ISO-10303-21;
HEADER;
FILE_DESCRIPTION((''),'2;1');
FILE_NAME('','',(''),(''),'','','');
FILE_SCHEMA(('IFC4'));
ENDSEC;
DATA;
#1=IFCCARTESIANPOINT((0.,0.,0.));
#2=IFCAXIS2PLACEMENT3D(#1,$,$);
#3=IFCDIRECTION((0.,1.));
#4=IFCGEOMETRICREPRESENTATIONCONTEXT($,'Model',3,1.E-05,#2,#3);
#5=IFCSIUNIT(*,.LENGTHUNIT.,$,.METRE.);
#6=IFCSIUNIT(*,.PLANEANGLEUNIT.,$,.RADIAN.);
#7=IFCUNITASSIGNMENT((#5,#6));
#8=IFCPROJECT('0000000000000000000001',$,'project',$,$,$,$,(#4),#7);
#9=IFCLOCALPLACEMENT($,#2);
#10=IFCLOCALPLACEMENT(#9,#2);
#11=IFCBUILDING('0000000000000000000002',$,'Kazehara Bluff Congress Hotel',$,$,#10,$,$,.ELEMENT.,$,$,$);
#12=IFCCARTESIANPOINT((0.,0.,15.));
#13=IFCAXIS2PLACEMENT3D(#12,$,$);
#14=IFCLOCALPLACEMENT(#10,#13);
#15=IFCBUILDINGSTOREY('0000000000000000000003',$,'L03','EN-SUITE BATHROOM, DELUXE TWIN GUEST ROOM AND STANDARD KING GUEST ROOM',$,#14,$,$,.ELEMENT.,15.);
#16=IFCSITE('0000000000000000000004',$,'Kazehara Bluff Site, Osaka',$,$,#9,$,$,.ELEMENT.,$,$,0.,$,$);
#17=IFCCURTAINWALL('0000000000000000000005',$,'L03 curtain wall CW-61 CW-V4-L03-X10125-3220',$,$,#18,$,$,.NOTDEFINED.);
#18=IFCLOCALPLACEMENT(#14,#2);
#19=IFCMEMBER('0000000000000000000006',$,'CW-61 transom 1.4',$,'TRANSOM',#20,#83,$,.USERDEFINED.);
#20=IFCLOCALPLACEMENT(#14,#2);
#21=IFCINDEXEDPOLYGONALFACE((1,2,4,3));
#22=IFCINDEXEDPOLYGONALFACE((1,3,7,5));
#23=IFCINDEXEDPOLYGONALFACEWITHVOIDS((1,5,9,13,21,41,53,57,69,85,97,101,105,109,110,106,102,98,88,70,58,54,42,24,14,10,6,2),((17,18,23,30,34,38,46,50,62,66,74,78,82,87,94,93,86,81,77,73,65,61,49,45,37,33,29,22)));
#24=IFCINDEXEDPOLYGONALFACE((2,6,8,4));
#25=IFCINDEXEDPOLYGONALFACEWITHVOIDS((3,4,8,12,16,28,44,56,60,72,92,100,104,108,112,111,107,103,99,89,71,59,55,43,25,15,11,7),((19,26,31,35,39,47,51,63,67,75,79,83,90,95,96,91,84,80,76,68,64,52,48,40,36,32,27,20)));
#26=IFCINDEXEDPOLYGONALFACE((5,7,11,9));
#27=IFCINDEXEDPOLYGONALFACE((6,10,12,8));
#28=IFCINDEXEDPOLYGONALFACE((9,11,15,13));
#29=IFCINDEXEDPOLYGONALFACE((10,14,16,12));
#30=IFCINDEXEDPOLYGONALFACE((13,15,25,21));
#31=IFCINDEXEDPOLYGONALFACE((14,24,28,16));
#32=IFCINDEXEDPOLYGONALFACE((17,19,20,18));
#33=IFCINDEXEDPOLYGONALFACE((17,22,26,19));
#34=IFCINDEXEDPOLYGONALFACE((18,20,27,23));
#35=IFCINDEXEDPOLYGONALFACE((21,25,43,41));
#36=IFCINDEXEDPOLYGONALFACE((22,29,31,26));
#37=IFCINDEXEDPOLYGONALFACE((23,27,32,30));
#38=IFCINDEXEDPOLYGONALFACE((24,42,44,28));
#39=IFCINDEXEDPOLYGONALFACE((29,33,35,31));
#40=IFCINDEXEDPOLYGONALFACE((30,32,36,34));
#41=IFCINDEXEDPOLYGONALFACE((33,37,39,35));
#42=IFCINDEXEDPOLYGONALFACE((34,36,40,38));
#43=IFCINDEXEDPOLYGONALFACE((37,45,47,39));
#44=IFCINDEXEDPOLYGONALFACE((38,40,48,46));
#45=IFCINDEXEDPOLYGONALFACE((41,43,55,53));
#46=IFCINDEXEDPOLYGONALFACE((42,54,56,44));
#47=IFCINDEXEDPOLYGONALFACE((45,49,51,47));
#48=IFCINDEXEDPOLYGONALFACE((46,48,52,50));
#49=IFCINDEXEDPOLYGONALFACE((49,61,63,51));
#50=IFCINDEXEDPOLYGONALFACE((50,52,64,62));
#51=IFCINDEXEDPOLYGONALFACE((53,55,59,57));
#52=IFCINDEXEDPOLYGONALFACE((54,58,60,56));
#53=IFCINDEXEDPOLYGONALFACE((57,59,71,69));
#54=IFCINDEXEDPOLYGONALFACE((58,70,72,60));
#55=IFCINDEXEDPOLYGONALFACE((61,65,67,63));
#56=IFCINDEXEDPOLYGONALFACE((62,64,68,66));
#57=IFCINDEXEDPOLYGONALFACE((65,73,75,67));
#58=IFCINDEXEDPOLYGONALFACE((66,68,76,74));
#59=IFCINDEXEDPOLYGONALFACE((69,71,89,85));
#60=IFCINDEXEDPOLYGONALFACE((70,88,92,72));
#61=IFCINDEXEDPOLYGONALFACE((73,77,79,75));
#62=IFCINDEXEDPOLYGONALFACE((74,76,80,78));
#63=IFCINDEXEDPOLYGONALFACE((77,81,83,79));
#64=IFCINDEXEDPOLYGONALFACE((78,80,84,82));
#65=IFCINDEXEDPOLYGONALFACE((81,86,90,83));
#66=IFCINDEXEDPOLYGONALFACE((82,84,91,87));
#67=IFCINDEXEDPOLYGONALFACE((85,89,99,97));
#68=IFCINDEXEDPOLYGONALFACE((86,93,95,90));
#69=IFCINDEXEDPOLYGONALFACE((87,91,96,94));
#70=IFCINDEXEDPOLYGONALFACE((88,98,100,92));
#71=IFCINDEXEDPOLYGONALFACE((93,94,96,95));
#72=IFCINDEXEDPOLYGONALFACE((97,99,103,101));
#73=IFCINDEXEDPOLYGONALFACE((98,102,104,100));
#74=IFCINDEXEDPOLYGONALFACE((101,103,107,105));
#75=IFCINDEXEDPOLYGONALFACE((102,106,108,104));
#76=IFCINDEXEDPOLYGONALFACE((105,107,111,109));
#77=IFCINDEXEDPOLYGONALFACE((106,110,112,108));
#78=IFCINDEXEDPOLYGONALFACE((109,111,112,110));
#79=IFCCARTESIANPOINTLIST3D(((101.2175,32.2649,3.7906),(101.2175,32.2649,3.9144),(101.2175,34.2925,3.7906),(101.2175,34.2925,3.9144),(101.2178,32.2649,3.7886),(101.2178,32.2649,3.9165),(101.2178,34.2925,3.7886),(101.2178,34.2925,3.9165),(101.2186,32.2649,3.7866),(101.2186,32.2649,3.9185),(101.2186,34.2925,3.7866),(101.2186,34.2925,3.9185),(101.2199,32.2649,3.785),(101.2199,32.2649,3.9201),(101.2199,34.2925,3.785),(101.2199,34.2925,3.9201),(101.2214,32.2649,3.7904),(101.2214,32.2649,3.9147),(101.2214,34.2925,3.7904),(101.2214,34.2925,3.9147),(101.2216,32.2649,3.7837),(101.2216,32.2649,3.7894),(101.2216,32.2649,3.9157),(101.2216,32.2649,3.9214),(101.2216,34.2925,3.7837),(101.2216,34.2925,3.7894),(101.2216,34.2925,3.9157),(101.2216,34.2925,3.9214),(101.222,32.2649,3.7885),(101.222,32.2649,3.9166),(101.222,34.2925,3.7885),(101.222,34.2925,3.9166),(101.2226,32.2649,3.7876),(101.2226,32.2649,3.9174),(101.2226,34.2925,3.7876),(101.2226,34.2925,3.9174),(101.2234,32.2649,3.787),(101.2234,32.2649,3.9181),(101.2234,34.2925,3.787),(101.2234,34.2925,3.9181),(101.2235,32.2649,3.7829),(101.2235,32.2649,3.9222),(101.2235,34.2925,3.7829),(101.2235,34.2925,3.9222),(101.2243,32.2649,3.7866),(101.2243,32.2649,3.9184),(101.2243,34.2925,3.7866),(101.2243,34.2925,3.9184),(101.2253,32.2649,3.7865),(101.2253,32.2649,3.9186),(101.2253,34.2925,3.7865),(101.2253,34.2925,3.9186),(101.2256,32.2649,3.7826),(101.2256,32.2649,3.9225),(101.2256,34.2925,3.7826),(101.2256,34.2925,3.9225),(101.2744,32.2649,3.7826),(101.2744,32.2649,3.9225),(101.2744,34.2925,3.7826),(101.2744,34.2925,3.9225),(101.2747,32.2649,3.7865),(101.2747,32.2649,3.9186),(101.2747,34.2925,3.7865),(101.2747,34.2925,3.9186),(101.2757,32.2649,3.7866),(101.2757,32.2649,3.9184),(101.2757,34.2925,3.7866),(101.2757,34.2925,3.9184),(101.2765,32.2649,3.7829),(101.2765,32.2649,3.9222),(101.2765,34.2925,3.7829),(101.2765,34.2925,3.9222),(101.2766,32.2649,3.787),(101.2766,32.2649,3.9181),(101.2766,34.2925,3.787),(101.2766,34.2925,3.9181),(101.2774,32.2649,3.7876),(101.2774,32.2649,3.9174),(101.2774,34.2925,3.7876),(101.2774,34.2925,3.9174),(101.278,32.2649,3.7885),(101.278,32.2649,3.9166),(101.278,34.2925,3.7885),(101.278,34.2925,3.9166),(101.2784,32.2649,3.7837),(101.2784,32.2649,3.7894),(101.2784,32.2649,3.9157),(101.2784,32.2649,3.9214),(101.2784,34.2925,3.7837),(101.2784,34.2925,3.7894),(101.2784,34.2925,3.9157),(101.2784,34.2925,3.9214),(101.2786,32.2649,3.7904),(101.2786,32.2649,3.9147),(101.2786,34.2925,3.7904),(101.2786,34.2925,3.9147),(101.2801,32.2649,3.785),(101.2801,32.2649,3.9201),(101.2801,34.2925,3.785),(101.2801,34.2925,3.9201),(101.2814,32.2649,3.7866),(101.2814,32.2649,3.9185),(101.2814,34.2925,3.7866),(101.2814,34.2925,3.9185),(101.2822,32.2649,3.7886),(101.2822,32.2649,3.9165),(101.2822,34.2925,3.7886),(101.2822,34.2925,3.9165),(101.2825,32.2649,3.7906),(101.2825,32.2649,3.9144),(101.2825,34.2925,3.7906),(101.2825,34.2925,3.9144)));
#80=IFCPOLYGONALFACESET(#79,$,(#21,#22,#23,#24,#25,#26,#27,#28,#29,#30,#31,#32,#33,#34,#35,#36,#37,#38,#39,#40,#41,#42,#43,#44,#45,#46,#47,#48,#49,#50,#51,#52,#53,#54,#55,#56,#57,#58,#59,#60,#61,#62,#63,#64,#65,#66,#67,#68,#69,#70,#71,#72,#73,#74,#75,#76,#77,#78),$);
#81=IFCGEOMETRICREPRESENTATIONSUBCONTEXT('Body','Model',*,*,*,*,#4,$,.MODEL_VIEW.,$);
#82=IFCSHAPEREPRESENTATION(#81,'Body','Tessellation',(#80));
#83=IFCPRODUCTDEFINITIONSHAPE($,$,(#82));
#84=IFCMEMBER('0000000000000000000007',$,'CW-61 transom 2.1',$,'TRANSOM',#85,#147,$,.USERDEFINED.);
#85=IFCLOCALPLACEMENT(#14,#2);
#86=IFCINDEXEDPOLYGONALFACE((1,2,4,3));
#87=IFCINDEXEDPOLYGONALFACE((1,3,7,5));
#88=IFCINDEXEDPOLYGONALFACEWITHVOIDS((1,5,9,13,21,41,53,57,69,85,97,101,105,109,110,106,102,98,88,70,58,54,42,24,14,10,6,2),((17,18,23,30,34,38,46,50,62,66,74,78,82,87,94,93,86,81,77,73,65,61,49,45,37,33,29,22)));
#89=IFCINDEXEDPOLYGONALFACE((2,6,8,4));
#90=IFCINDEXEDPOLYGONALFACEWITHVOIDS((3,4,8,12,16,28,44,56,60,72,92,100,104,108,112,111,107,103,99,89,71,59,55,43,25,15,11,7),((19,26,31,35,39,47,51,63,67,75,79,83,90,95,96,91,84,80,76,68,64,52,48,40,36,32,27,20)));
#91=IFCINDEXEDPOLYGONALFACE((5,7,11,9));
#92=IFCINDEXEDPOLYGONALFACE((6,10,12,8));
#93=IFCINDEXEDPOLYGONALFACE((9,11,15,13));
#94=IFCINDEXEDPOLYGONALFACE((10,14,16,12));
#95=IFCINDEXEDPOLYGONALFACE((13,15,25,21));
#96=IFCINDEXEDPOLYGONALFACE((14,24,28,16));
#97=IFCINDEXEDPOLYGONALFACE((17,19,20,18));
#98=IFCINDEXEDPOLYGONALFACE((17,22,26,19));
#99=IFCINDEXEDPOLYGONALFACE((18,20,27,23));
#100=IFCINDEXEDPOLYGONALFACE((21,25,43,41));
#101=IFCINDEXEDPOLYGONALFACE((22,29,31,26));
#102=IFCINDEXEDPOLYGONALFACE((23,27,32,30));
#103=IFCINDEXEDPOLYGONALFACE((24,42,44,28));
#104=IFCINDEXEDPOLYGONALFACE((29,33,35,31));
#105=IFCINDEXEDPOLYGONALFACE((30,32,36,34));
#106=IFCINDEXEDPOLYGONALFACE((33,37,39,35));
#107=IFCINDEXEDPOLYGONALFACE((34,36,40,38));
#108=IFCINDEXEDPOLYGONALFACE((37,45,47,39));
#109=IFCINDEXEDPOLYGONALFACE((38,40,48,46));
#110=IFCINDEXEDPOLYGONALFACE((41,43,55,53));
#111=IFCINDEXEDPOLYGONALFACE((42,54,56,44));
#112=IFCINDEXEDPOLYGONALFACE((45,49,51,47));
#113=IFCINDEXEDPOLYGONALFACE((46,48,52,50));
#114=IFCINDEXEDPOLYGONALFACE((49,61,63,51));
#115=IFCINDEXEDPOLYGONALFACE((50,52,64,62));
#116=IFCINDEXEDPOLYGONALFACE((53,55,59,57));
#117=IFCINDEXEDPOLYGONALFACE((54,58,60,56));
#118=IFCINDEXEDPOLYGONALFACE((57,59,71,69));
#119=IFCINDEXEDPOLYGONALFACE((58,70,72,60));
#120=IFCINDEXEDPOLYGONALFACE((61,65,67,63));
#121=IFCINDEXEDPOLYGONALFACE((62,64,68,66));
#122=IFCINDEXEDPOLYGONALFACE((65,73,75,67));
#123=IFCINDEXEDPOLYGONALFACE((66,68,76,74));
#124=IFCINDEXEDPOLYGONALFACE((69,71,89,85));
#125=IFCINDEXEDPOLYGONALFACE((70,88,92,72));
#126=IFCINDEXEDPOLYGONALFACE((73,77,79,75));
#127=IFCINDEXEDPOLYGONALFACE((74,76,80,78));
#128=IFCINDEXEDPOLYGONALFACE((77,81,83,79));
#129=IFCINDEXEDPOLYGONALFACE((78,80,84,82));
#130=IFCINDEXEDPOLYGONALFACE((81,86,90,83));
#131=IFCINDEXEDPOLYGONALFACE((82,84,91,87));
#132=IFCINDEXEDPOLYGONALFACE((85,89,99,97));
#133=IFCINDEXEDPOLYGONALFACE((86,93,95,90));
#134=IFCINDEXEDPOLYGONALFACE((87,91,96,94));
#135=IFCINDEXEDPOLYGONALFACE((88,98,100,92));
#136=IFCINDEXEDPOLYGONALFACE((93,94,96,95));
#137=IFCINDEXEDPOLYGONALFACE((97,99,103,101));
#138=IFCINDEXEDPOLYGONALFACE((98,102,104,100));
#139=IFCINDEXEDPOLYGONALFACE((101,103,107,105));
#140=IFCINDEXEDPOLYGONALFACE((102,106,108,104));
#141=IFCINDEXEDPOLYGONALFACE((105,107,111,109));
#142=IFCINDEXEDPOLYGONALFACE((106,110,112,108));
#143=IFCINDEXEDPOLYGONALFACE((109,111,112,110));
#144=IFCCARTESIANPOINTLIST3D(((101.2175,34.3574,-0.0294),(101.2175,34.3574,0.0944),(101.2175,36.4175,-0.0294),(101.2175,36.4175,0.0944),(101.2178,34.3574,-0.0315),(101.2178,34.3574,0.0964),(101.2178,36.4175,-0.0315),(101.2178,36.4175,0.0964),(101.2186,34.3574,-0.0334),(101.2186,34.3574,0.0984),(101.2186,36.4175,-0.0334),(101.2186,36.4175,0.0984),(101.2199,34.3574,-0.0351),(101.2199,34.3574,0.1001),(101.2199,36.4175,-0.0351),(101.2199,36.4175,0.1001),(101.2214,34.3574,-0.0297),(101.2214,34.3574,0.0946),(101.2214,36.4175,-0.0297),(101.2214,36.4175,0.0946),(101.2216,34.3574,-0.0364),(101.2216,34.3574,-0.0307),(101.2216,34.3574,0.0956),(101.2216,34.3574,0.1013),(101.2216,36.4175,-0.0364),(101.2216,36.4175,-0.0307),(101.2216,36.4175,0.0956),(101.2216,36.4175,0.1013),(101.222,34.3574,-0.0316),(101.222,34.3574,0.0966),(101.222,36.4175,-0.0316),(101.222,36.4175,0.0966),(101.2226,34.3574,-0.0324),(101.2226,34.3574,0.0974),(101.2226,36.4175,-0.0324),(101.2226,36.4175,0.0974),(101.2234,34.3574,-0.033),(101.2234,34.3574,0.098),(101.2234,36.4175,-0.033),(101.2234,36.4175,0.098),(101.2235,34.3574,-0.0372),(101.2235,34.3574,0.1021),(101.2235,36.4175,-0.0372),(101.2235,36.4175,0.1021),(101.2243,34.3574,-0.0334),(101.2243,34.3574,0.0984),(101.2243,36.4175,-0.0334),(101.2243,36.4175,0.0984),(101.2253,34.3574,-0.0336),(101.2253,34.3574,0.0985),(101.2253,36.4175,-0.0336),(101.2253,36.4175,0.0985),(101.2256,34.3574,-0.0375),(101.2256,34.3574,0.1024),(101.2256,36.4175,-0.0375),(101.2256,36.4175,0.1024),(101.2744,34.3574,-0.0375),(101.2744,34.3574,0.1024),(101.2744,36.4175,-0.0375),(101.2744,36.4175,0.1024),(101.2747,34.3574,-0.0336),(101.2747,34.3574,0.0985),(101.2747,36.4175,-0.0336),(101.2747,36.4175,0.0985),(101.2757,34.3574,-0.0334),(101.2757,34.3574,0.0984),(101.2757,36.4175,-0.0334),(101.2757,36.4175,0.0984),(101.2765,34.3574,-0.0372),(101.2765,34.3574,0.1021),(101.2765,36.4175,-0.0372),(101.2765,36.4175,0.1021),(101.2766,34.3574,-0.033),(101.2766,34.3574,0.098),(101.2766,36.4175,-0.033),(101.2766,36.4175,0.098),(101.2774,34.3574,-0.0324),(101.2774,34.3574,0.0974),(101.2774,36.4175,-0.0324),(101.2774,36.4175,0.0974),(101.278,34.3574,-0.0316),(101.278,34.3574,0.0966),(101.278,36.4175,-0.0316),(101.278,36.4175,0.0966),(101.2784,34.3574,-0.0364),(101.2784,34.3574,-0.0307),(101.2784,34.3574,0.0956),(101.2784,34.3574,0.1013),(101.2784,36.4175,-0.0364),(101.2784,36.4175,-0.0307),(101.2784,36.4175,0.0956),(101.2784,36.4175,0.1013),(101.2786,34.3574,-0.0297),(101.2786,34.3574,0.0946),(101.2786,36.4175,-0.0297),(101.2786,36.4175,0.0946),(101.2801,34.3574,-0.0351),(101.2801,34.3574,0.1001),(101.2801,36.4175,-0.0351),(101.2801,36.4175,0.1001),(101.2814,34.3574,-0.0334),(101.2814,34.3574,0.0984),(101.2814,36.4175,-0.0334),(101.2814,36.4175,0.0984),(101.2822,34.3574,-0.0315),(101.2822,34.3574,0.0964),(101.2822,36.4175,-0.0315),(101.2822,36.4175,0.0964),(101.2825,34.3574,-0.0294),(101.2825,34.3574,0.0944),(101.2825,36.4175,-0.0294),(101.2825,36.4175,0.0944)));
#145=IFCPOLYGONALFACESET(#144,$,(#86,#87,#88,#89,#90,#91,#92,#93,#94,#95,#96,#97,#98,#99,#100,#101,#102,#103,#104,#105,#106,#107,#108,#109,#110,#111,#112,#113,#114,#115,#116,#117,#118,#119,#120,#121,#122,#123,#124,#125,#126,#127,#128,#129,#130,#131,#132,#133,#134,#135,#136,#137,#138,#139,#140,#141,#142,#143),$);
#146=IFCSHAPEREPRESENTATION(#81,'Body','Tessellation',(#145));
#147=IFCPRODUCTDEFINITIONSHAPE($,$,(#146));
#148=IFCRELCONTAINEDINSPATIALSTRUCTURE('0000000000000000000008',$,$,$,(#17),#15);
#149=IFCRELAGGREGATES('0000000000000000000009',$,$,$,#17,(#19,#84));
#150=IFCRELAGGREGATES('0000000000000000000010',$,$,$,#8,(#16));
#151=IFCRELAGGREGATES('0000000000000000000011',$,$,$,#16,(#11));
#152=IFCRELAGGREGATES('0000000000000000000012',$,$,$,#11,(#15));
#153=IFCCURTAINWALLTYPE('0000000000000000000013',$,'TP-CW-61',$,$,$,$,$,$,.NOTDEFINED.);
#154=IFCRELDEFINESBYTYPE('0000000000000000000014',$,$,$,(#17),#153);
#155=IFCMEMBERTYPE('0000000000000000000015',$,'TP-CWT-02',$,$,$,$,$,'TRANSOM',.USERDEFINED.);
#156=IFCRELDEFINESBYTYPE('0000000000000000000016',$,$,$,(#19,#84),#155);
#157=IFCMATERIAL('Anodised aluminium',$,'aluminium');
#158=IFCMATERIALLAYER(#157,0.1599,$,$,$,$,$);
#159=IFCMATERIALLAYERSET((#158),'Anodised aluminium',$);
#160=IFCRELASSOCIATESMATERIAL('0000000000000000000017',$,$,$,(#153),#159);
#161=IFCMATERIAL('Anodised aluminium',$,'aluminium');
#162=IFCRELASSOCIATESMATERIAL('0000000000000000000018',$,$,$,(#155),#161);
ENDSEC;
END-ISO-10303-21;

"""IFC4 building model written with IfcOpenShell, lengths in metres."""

from ifc_helpers import new_model, si_unit, direction, frame, origin, origin_2d, place, context, subcontext, project, spatial, hollow_rectangle, extrude, material, layer, layer_set, material_profile, profile_set, type_object, element, aggregate, save


model = new_model("IFC4")

# Units and contexts
model_context = context("Model", 3, precision=1e-05, world=origin(), true_north=direction((0.0, 1.0)))
body_context = subcontext(model_context, "Body", "Model", "MODEL_VIEW")
ifc_project = project(units=[si_unit("LENGTHUNIT", "METRE"), si_unit("PLANEANGLEUNIT", "RADIAN")], contexts=[model_context])

# Site, building, storey
site_placement = place(None, origin())
site = spatial("IfcSite", under=ifc_project, at=site_placement, Name="Kazehara Bluff Site, Osaka", CompositionType="ELEMENT", RefElevation=0.0)
building_placement = place(site_placement, origin())
building = spatial("IfcBuilding", under=site, at=building_placement, Name="Kazehara Bluff Congress Hotel", CompositionType="ELEMENT")
storey_placement = place(building_placement, frame((0.0, 0.0, 15.0)))
storey = spatial("IfcBuildingStorey", under=building, at=storey_placement, Name="L03", Description="EN-SUITE BATHROOM, DELUXE TWIN GUEST ROOM AND STANDARD KING GUEST ROOM", CompositionType="ELEMENT", Elevation=15.0)

# Curtain wall, members
ifc_material_1 = material(Name="Anodised aluminium", Category="aluminium")
ifc_layer_1 = layer(ifc_material_1, 0.1599)
ifc_layer_set_1 = layer_set([ifc_layer_1], Name="Anodised aluminium")
curtain_wall_type = type_object("IfcCurtainWallType", Name="TP-CW-61", PredefinedType="NOTDEFINED", material=ifc_layer_set_1)
curtain_wall_placement = place(storey_placement, origin())
curtain_wall = element("IfcCurtainWall", 1, at=curtain_wall_placement, inside=storey, type_object=curtain_wall_type, Name="L03 curtain wall CW-61 CW-V4-L03-X10125-3220", PredefinedType="NOTDEFINED")
ifc_material_2 = material(Name="Anodised aluminium", Category="aluminium")
ifc_material_profile_1 = material_profile(ifc_material_2, hollow_rectangle(XDim=0.0649, YDim=0.1399, WallThickness=0.0039, InnerFilletRadius=0.0039, OuterFilletRadius=0.0081, at=origin_2d()))
ifc_profile_set_1 = profile_set([ifc_material_profile_1], Name="Anodised aluminium")
member_type_1 = type_object("IfcMemberType", Name="TP-CWT-02", ElementType="TRANSOM", PredefinedType="USERDEFINED", material=ifc_profile_set_1)
member_1_placement = place(storey_placement, frame((101.25, 32.2649, 3.8525), z_axis=(0.0, 1.0, 0.0), x_axis=(-1.0, 0.0, 0.0)))
member_1 = element("IfcMember", 2, at=member_1_placement, type_object=member_type_1, Name="CW-61 transom 1.4", ObjectType="TRANSOM", PredefinedType="USERDEFINED", context=body_context, shape_type="SweptSolid", body=[
    extrude(hollow_rectangle(XDim=0.0649, YDim=0.1399, WallThickness=0.0039, InnerFilletRadius=0.0039, OuterFilletRadius=0.0081, at=origin_2d()), origin(), (0.0, 0.0, 1.0), 2.0276),
])
member_2_placement = place(storey_placement, frame((101.25, 34.3574, 0.0325), z_axis=(0.0, 1.0, 0.0), x_axis=(-1.0, 0.0, 0.0)))
member_2 = element("IfcMember", 3, at=member_2_placement, type_object=member_type_1, Name="CW-61 transom 2.1", ObjectType="TRANSOM", PredefinedType="USERDEFINED", context=body_context, shape_type="SweptSolid", body=[
    extrude(hollow_rectangle(XDim=0.0649, YDim=0.1399, WallThickness=0.0039, InnerFilletRadius=0.0039, OuterFilletRadius=0.0081, at=origin_2d()), origin(), (0.0, 0.0, 1.0), 2.0601),
])
aggregate(curtain_wall, [member_1, member_2])

save(model, "model.ifc")
